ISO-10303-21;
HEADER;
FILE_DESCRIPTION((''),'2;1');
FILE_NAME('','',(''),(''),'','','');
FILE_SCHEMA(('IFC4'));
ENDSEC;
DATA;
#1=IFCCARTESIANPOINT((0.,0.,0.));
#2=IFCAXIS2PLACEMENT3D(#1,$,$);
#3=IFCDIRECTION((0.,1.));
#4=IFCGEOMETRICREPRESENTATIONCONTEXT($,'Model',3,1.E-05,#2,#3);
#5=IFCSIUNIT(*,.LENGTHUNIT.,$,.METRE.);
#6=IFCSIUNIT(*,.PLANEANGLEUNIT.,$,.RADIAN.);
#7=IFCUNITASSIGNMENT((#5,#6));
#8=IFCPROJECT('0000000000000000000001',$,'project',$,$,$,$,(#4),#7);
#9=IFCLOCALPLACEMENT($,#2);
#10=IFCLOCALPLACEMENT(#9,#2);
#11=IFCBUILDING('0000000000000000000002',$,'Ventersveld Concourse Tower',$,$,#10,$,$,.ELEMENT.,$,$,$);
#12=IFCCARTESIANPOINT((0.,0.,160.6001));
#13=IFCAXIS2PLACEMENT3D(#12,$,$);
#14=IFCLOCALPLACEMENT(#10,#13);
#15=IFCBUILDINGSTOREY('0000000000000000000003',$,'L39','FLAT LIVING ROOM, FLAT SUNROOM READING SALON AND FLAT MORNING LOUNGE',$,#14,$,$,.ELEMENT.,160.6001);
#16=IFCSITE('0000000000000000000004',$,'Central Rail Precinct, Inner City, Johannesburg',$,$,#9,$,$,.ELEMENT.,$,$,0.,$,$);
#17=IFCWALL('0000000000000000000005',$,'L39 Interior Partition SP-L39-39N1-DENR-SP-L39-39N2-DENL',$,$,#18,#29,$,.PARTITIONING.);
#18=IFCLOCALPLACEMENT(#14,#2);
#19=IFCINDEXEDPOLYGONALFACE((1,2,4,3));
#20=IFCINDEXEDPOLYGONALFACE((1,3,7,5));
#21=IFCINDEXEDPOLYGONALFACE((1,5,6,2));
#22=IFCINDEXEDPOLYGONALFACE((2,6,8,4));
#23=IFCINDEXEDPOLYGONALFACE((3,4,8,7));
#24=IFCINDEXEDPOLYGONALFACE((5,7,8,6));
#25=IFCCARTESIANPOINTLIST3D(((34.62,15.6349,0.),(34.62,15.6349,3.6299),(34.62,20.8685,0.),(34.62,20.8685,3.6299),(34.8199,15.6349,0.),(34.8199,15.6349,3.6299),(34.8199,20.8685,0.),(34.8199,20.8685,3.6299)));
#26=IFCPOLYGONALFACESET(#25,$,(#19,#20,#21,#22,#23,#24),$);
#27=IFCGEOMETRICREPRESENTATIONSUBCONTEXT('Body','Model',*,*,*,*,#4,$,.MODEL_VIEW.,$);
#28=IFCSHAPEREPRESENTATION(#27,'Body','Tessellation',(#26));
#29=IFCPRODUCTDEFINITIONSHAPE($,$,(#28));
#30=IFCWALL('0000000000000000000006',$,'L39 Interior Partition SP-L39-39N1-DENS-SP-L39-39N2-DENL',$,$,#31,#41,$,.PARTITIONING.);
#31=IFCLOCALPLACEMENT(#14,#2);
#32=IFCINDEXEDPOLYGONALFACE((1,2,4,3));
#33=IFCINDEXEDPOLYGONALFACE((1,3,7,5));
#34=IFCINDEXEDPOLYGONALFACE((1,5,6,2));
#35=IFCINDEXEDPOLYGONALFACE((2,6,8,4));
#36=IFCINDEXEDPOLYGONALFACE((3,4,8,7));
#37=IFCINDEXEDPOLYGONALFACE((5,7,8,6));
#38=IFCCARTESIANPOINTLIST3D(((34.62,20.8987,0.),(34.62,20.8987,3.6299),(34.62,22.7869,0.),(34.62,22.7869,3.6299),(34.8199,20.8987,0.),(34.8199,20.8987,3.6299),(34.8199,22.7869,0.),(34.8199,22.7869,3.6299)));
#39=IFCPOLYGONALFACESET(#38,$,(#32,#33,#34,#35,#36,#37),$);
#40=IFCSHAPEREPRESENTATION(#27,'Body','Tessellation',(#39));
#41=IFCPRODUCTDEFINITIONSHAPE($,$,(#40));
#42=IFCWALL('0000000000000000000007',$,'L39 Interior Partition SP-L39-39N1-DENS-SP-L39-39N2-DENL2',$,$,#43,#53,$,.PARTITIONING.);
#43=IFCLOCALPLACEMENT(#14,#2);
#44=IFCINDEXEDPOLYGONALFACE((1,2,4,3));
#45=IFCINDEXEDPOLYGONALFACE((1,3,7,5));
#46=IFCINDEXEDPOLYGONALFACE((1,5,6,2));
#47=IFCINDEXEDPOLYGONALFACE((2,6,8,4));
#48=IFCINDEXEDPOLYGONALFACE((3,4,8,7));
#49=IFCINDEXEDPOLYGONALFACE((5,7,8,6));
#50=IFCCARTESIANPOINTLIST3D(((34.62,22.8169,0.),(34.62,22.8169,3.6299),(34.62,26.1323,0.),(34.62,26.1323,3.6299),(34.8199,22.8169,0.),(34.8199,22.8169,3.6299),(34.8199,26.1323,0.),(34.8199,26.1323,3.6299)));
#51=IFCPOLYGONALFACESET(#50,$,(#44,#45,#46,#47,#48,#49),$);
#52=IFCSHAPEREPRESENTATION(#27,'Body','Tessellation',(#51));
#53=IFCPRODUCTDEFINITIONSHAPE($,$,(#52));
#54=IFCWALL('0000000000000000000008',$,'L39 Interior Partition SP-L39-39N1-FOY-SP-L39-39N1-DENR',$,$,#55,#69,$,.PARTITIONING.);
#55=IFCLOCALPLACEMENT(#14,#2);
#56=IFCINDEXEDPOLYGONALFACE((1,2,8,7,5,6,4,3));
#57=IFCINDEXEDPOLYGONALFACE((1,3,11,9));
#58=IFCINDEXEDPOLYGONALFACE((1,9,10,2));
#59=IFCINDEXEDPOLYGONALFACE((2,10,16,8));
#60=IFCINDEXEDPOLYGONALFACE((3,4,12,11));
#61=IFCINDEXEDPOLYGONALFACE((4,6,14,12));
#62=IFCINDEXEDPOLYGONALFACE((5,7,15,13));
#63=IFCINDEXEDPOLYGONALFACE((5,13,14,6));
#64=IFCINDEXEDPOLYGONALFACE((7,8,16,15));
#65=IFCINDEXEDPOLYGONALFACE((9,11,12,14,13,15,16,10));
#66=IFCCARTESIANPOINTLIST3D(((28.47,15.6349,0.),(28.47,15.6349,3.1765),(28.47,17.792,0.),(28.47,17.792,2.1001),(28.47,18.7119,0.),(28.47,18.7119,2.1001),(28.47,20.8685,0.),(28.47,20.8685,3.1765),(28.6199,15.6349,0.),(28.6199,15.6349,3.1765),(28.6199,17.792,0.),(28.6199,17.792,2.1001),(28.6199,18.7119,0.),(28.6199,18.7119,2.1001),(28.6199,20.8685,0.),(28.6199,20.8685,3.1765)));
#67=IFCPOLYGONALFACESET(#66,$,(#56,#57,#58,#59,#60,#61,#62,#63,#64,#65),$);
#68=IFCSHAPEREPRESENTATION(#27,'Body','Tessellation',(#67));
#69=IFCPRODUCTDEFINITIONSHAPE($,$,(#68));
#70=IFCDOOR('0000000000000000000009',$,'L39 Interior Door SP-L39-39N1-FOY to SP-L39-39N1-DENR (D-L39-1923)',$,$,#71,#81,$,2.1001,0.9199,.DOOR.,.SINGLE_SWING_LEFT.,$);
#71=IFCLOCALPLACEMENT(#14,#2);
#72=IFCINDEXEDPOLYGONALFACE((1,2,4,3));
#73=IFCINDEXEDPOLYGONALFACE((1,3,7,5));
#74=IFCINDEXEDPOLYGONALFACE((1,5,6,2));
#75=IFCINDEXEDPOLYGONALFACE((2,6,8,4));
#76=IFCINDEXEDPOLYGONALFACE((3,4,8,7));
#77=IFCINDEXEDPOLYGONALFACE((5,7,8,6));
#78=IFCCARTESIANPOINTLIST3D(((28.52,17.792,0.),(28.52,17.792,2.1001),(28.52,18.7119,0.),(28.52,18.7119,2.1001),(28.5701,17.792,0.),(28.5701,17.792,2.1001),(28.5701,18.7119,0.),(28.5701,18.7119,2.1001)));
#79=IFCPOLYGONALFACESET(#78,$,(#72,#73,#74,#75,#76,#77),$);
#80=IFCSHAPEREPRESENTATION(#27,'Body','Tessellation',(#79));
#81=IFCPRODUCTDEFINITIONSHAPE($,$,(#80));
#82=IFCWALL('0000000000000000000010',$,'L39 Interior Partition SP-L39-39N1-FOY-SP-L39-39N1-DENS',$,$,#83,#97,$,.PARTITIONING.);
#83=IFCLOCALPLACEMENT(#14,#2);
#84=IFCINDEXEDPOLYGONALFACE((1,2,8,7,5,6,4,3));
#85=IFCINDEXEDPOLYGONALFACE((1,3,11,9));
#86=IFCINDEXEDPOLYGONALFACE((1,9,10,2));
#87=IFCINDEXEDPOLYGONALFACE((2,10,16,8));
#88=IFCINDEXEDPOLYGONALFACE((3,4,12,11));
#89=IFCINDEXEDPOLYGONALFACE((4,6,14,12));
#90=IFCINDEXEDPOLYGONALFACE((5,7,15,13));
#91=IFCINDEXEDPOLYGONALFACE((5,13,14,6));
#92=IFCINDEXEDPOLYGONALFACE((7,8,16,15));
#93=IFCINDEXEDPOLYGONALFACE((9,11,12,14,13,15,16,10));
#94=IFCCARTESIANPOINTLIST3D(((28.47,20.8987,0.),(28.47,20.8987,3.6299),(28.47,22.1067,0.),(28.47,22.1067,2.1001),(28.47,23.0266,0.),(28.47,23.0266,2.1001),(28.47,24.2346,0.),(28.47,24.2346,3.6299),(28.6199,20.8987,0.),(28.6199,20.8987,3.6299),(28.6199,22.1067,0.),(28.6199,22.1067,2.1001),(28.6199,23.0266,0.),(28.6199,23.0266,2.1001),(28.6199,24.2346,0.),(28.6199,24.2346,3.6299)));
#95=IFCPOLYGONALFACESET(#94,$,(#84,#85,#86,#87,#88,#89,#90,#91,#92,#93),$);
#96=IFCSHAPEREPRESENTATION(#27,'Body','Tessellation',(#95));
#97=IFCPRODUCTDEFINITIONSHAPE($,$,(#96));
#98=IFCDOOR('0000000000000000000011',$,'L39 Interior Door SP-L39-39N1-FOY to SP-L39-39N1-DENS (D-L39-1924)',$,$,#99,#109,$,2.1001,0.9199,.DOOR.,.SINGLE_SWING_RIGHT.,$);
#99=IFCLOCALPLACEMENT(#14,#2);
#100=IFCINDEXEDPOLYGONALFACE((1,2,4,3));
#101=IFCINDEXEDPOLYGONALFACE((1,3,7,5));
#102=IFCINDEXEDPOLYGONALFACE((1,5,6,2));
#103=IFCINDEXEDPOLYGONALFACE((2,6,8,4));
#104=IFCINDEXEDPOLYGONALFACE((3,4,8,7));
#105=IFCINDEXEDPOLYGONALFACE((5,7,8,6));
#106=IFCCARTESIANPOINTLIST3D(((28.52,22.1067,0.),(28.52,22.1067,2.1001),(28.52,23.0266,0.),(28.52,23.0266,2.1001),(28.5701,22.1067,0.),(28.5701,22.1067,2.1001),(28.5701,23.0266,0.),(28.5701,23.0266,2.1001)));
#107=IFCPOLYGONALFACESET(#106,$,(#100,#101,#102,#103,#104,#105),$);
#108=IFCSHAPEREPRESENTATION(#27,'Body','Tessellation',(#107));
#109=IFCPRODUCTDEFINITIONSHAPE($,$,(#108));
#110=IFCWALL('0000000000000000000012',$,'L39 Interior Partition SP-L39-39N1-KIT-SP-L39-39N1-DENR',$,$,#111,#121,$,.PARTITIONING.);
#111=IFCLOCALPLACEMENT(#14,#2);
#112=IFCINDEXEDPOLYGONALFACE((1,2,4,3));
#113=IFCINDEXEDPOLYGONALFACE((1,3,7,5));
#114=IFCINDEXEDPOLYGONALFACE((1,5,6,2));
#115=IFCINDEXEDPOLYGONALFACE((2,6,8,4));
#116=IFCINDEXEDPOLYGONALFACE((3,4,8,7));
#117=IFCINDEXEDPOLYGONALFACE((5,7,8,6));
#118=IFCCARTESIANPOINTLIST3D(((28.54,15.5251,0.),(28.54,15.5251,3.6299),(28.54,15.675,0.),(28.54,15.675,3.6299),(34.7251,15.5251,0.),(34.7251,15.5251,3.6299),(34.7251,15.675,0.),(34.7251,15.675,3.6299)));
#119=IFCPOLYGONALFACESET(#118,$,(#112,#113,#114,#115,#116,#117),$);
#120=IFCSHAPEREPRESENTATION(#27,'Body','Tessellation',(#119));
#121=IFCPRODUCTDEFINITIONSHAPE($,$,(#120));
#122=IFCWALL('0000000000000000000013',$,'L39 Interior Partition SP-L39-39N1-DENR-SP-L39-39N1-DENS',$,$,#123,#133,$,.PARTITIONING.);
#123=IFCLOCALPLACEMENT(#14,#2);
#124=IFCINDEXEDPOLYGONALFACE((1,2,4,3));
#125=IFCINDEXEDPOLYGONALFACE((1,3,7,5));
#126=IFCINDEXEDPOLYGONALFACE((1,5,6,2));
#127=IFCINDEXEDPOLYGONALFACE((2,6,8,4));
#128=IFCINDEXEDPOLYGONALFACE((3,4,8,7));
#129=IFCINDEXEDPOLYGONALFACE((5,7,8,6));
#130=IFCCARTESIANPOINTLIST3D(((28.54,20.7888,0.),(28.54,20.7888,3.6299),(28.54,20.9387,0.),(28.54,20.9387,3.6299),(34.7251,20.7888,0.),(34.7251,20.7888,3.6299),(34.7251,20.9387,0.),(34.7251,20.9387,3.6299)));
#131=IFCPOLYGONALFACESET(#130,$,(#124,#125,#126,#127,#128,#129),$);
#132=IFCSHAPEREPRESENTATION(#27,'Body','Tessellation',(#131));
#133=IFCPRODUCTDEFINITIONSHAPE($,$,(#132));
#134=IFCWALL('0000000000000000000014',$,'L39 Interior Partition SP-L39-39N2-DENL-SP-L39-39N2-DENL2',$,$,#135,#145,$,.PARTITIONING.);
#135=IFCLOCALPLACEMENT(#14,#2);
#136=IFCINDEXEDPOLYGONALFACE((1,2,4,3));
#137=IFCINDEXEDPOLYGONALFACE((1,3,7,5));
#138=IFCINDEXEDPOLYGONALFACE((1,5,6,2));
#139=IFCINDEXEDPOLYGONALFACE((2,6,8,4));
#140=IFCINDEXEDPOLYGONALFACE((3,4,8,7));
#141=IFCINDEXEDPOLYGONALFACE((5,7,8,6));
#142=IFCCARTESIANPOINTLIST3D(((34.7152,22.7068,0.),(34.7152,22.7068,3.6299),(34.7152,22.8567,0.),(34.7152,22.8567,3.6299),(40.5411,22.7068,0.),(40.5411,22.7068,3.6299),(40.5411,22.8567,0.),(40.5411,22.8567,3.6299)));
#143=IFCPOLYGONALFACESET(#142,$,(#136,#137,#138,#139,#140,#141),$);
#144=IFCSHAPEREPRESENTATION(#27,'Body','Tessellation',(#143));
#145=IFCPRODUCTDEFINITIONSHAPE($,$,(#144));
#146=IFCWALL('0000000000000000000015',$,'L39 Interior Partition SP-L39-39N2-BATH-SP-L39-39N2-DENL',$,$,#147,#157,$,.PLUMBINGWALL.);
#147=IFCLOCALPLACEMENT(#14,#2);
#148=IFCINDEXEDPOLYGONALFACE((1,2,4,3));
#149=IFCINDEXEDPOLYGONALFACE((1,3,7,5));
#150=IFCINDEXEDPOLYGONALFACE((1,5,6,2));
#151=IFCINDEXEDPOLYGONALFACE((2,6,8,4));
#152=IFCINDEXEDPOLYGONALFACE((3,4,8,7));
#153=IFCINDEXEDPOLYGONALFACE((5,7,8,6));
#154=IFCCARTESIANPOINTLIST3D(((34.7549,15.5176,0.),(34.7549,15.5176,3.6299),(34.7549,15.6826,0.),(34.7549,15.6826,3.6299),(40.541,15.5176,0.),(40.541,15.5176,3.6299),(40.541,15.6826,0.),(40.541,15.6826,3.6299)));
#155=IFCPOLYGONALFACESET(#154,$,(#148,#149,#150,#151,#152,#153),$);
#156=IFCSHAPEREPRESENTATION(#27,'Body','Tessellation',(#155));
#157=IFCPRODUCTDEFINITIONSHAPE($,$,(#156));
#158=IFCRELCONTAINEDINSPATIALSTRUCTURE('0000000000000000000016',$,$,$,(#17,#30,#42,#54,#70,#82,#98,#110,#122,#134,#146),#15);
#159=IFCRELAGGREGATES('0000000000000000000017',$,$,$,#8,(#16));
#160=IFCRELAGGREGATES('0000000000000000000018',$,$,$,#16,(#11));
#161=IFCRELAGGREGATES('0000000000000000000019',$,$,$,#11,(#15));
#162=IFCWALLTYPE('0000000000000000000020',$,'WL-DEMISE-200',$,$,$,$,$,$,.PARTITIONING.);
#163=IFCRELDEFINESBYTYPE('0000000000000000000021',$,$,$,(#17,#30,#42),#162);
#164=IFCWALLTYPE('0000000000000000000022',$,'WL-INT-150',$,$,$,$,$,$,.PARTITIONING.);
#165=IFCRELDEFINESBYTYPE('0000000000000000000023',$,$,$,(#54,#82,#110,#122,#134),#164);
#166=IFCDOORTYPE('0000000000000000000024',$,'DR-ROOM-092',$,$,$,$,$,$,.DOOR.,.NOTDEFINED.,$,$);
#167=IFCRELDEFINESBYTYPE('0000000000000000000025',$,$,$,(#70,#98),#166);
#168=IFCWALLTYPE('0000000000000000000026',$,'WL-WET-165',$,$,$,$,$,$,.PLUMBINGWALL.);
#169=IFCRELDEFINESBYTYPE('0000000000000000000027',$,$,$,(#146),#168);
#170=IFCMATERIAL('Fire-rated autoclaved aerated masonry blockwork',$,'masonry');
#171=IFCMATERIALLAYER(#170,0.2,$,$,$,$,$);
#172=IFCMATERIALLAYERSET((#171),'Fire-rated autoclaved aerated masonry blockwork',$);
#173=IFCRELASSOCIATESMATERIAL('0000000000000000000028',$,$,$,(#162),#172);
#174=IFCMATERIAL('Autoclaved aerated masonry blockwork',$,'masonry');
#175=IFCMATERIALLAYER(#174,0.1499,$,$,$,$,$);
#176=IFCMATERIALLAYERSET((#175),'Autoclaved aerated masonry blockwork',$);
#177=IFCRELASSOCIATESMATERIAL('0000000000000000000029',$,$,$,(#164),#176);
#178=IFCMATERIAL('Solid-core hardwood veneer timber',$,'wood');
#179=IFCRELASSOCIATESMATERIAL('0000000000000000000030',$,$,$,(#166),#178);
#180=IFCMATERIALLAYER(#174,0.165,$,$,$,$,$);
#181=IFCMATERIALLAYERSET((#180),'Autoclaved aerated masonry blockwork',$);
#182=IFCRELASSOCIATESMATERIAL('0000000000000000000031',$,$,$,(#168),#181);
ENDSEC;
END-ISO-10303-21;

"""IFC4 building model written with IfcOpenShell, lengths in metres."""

from ifc_helpers import new_model, si_unit, direction, frame, frame_2d, origin, place, context, subcontext, project, spatial, rectangle, extrude, material, layer, layer_set, type_object, element, fill, save


model = new_model("IFC4")

# Units and contexts
model_context = context("Model", 3, precision=1e-05, world=origin(), true_north=direction((0.0, 1.0)))
body_context = subcontext(model_context, "Body", "Model", "MODEL_VIEW")
ifc_project = project(units=[si_unit("LENGTHUNIT", "METRE"), si_unit("PLANEANGLEUNIT", "RADIAN")], contexts=[model_context])

# Site, building, storey
site_placement = place(None, origin())
site = spatial("IfcSite", under=ifc_project, at=site_placement, Name="Central Rail Precinct, Inner City, Johannesburg", CompositionType="ELEMENT", RefElevation=0.0)
building_placement = place(site_placement, origin())
building = spatial("IfcBuilding", under=site, at=building_placement, Name="Ventersveld Concourse Tower", CompositionType="ELEMENT")
storey_placement = place(building_placement, frame((0.0, 0.0, 160.6001)))
storey = spatial("IfcBuildingStorey", under=building, at=storey_placement, Name="L39", Description="FLAT LIVING ROOM, FLAT SUNROOM READING SALON AND FLAT MORNING LOUNGE", CompositionType="ELEMENT", Elevation=160.6001)

# Walls
ifc_material_1 = material(Name="Fire-rated autoclaved aerated masonry blockwork", Category="masonry")
ifc_layer_1 = layer(ifc_material_1, 0.2)
ifc_layer_set_1 = layer_set([ifc_layer_1], Name="Fire-rated autoclaved aerated masonry blockwork")
wall_type_1 = type_object("IfcWallType", Name="WL-DEMISE-200", PredefinedType="PARTITIONING", material=ifc_layer_set_1)
wall_1_placement = place(storey_placement, frame((34.72, 15.635, 0.0), z_axis=(0.0, 0.0, 1.0), x_axis=(0.0, 1.0, 0.0)))
element("IfcWall", 1, at=wall_1_placement, inside=storey, type_object=wall_type_1, Name="L39 Interior Partition SP-L39-39N1-DENR-SP-L39-39N2-DENL", PredefinedType="PARTITIONING", context=body_context, shape_type="SweptSolid", body=[
    extrude(rectangle(XDim=5.2336, YDim=0.2, at=frame_2d((2.6167, 0.0))), origin(), (0.0, 0.0, 1.0), 3.6299),
])
wall_2_placement = place(storey_placement, frame((34.72, 20.8987, 0.0), z_axis=(0.0, 0.0, 1.0), x_axis=(0.0, 1.0, 0.0)))
element("IfcWall", 2, at=wall_2_placement, inside=storey, type_object=wall_type_1, Name="L39 Interior Partition SP-L39-39N1-DENS-SP-L39-39N2-DENL", PredefinedType="PARTITIONING", context=body_context, shape_type="SweptSolid", body=[
    extrude(rectangle(XDim=1.8882, YDim=0.2, at=frame_2d((0.9441, 0.0))), origin(), (0.0, 0.0, 1.0), 3.6299),
])
wall_3_placement = place(storey_placement, frame((34.72, 22.8169, 0.0), z_axis=(0.0, 0.0, 1.0), x_axis=(0.0, 1.0, 0.0)))
element("IfcWall", 3, at=wall_3_placement, inside=storey, type_object=wall_type_1, Name="L39 Interior Partition SP-L39-39N1-DENS-SP-L39-39N2-DENL2", PredefinedType="PARTITIONING", context=body_context, shape_type="SweptSolid", body=[
    extrude(rectangle(XDim=3.3154, YDim=0.2, at=frame_2d((1.6577, 0.0))), origin(), (0.0, 0.0, 1.0), 3.6299),
])

# Walls, openings, doors
ifc_material_2 = material(Name="Autoclaved aerated masonry blockwork", Category="masonry")
ifc_layer_2 = layer(ifc_material_2, 0.1499)
ifc_layer_set_2 = layer_set([ifc_layer_2], Name="Autoclaved aerated masonry blockwork")
wall_type_2 = type_object("IfcWallType", Name="WL-INT-150", PredefinedType="PARTITIONING", material=ifc_layer_set_2)
wall_4_placement = place(storey_placement, frame((28.5449, 15.635, 0.0), z_axis=(0.0, 0.0, 1.0), x_axis=(0.0, 1.0, 0.0)))
wall_4 = element("IfcWall", 4, at=wall_4_placement, inside=storey, type_object=wall_type_2, Name="L39 Interior Partition SP-L39-39N1-FOY-SP-L39-39N1-DENR", PredefinedType="PARTITIONING", context=body_context, shape_type="SweptSolid", body=[
    extrude(rectangle(XDim=5.2336, YDim=0.1499, at=frame_2d((2.6167, 0.0))), origin(), (0.0, 0.0, 1.0), 3.1765),
])
opening_1_placement = place(wall_4_placement, frame((2.157, 0.0, 0.0)))
opening_1 = element("IfcOpeningElement", 5, at=opening_1_placement, cuts=wall_4, PredefinedType="OPENING", context=body_context, shape_type="SweptSolid", body=[
    extrude(rectangle(XDim=0.9199, YDim=2.1001, at=frame_2d((0.46, 1.05))), frame((0.0, 0.085, 0.0), z_axis=(0.0, -1.0, 0.0), x_axis=(1.0, 0.0, 0.0)), (0.0, 0.0, 1.0), 0.1699),
])
ifc_material_3 = material(Name="Solid-core hardwood veneer timber", Category="wood")
door_type = type_object("IfcDoorType", Name="DR-ROOM-092", OperationType="NOTDEFINED", PredefinedType="DOOR", material=ifc_material_3)
door_1_placement = place(opening_1_placement, origin())
door_1 = element("IfcDoor", 6, at=door_1_placement, inside=storey, type_object=door_type, Name="L39 Interior Door SP-L39-39N1-FOY to SP-L39-39N1-DENR (D-L39-1923)", OperationType="SINGLE_SWING_LEFT", OverallHeight=2.1001, OverallWidth=0.9199, PredefinedType="DOOR", context=body_context, shape_type="SweptSolid", body=[
    extrude(rectangle(XDim=0.9199, YDim=2.1001, at=frame_2d((0.46, 1.05))), frame((0.0, 0.0249, 0.0), z_axis=(0.0, -1.0, 0.0), x_axis=(1.0, 0.0, 0.0)), (0.0, 0.0, 1.0), 0.05),
])
fill(opening_1, door_1)
wall_5_placement = place(storey_placement, frame((28.5449, 20.8987, 0.0), z_axis=(0.0, 0.0, 1.0), x_axis=(0.0, 1.0, 0.0)))
wall_5 = element("IfcWall", 7, at=wall_5_placement, inside=storey, type_object=wall_type_2, Name="L39 Interior Partition SP-L39-39N1-FOY-SP-L39-39N1-DENS", PredefinedType="PARTITIONING", context=body_context, shape_type="SweptSolid", body=[
    extrude(rectangle(XDim=3.3359, YDim=0.1499, at=frame_2d((1.668, 0.0))), origin(), (0.0, 0.0, 1.0), 3.6299),
])
opening_2_placement = place(wall_5_placement, frame((1.208, 0.0, 0.0)))
opening_2 = element("IfcOpeningElement", 8, at=opening_2_placement, cuts=wall_5, PredefinedType="OPENING", context=body_context, shape_type="SweptSolid", body=[
    extrude(rectangle(XDim=0.9199, YDim=2.1001, at=frame_2d((0.46, 1.05))), frame((0.0, 0.085, 0.0), z_axis=(0.0, -1.0, 0.0), x_axis=(1.0, 0.0, 0.0)), (0.0, 0.0, 1.0), 0.1699),
])
door_2_placement = place(opening_2_placement, origin())
door_2 = element("IfcDoor", 9, at=door_2_placement, inside=storey, type_object=door_type, Name="L39 Interior Door SP-L39-39N1-FOY to SP-L39-39N1-DENS (D-L39-1924)", OperationType="SINGLE_SWING_RIGHT", OverallHeight=2.1001, OverallWidth=0.9199, PredefinedType="DOOR", context=body_context, shape_type="SweptSolid", body=[
    extrude(rectangle(XDim=0.9199, YDim=2.1001, at=frame_2d((0.46, 1.05))), frame((0.0, 0.0249, 0.0), z_axis=(0.0, -1.0, 0.0), x_axis=(1.0, 0.0, 0.0)), (0.0, 0.0, 1.0), 0.05),
])
fill(opening_2, door_2)

# Walls
for number, where, z_axis, x_axis, name in (
    (10, (28.54, 15.6001, 0.0), (0.0, 0.0, 1.0), (1.0, 0.0, 0.0), "L39 Interior Partition SP-L39-39N1-KIT-SP-L39-39N1-DENR"),
    (11, (28.54, 20.8638, 0.0), (0.0, 0.0, 1.0), (1.0, 0.0, 0.0), "L39 Interior Partition SP-L39-39N1-DENR-SP-L39-39N1-DENS"),
):
    element("IfcWall", number, at=place(storey_placement, frame(where, z_axis=z_axis, x_axis=x_axis)), inside=storey, type_object=wall_type_2, Name=name, PredefinedType="PARTITIONING", context=body_context, shape_type="SweptSolid", body=[
        extrude(rectangle(XDim=6.1851, YDim=0.1499, at=frame_2d((3.0925, 0.0))), origin(), (0.0, 0.0, 1.0), 3.6299),
    ])
wall_6_placement = place(storey_placement, frame((34.7151, 22.7817, 0.0), z_axis=(0.0, 0.0, 1.0), x_axis=(1.0, 0.0, 0.0)))
element("IfcWall", 12, at=wall_6_placement, inside=storey, type_object=wall_type_2, Name="L39 Interior Partition SP-L39-39N2-DENL-SP-L39-39N2-DENL2", PredefinedType="PARTITIONING", context=body_context, shape_type="SweptSolid", body=[
    extrude(rectangle(XDim=5.8259, YDim=0.1499, at=frame_2d((2.9131, 0.0))), origin(), (0.0, 0.0, 1.0), 3.6299),
])
ifc_layer_3 = layer(ifc_material_2, 0.165)
ifc_layer_set_3 = layer_set([ifc_layer_3], Name="Autoclaved aerated masonry blockwork")
wall_type_3 = type_object("IfcWallType", Name="WL-WET-165", PredefinedType="PLUMBINGWALL", material=ifc_layer_set_3)
wall_7_placement = place(storey_placement, frame((34.7549, 15.6001, 0.0), z_axis=(0.0, 0.0, 1.0), x_axis=(1.0, 0.0, 0.0)))
element("IfcWall", 13, at=wall_7_placement, inside=storey, type_object=wall_type_3, Name="L39 Interior Partition SP-L39-39N2-BATH-SP-L39-39N2-DENL", PredefinedType="PLUMBINGWALL", context=body_context, shape_type="SweptSolid", body=[
    extrude(rectangle(XDim=5.7861, YDim=0.165, at=frame_2d((2.8931, 0.0))), origin(), (0.0, 0.0, 1.0), 3.6299),
])

save(model, "model.ifc")
